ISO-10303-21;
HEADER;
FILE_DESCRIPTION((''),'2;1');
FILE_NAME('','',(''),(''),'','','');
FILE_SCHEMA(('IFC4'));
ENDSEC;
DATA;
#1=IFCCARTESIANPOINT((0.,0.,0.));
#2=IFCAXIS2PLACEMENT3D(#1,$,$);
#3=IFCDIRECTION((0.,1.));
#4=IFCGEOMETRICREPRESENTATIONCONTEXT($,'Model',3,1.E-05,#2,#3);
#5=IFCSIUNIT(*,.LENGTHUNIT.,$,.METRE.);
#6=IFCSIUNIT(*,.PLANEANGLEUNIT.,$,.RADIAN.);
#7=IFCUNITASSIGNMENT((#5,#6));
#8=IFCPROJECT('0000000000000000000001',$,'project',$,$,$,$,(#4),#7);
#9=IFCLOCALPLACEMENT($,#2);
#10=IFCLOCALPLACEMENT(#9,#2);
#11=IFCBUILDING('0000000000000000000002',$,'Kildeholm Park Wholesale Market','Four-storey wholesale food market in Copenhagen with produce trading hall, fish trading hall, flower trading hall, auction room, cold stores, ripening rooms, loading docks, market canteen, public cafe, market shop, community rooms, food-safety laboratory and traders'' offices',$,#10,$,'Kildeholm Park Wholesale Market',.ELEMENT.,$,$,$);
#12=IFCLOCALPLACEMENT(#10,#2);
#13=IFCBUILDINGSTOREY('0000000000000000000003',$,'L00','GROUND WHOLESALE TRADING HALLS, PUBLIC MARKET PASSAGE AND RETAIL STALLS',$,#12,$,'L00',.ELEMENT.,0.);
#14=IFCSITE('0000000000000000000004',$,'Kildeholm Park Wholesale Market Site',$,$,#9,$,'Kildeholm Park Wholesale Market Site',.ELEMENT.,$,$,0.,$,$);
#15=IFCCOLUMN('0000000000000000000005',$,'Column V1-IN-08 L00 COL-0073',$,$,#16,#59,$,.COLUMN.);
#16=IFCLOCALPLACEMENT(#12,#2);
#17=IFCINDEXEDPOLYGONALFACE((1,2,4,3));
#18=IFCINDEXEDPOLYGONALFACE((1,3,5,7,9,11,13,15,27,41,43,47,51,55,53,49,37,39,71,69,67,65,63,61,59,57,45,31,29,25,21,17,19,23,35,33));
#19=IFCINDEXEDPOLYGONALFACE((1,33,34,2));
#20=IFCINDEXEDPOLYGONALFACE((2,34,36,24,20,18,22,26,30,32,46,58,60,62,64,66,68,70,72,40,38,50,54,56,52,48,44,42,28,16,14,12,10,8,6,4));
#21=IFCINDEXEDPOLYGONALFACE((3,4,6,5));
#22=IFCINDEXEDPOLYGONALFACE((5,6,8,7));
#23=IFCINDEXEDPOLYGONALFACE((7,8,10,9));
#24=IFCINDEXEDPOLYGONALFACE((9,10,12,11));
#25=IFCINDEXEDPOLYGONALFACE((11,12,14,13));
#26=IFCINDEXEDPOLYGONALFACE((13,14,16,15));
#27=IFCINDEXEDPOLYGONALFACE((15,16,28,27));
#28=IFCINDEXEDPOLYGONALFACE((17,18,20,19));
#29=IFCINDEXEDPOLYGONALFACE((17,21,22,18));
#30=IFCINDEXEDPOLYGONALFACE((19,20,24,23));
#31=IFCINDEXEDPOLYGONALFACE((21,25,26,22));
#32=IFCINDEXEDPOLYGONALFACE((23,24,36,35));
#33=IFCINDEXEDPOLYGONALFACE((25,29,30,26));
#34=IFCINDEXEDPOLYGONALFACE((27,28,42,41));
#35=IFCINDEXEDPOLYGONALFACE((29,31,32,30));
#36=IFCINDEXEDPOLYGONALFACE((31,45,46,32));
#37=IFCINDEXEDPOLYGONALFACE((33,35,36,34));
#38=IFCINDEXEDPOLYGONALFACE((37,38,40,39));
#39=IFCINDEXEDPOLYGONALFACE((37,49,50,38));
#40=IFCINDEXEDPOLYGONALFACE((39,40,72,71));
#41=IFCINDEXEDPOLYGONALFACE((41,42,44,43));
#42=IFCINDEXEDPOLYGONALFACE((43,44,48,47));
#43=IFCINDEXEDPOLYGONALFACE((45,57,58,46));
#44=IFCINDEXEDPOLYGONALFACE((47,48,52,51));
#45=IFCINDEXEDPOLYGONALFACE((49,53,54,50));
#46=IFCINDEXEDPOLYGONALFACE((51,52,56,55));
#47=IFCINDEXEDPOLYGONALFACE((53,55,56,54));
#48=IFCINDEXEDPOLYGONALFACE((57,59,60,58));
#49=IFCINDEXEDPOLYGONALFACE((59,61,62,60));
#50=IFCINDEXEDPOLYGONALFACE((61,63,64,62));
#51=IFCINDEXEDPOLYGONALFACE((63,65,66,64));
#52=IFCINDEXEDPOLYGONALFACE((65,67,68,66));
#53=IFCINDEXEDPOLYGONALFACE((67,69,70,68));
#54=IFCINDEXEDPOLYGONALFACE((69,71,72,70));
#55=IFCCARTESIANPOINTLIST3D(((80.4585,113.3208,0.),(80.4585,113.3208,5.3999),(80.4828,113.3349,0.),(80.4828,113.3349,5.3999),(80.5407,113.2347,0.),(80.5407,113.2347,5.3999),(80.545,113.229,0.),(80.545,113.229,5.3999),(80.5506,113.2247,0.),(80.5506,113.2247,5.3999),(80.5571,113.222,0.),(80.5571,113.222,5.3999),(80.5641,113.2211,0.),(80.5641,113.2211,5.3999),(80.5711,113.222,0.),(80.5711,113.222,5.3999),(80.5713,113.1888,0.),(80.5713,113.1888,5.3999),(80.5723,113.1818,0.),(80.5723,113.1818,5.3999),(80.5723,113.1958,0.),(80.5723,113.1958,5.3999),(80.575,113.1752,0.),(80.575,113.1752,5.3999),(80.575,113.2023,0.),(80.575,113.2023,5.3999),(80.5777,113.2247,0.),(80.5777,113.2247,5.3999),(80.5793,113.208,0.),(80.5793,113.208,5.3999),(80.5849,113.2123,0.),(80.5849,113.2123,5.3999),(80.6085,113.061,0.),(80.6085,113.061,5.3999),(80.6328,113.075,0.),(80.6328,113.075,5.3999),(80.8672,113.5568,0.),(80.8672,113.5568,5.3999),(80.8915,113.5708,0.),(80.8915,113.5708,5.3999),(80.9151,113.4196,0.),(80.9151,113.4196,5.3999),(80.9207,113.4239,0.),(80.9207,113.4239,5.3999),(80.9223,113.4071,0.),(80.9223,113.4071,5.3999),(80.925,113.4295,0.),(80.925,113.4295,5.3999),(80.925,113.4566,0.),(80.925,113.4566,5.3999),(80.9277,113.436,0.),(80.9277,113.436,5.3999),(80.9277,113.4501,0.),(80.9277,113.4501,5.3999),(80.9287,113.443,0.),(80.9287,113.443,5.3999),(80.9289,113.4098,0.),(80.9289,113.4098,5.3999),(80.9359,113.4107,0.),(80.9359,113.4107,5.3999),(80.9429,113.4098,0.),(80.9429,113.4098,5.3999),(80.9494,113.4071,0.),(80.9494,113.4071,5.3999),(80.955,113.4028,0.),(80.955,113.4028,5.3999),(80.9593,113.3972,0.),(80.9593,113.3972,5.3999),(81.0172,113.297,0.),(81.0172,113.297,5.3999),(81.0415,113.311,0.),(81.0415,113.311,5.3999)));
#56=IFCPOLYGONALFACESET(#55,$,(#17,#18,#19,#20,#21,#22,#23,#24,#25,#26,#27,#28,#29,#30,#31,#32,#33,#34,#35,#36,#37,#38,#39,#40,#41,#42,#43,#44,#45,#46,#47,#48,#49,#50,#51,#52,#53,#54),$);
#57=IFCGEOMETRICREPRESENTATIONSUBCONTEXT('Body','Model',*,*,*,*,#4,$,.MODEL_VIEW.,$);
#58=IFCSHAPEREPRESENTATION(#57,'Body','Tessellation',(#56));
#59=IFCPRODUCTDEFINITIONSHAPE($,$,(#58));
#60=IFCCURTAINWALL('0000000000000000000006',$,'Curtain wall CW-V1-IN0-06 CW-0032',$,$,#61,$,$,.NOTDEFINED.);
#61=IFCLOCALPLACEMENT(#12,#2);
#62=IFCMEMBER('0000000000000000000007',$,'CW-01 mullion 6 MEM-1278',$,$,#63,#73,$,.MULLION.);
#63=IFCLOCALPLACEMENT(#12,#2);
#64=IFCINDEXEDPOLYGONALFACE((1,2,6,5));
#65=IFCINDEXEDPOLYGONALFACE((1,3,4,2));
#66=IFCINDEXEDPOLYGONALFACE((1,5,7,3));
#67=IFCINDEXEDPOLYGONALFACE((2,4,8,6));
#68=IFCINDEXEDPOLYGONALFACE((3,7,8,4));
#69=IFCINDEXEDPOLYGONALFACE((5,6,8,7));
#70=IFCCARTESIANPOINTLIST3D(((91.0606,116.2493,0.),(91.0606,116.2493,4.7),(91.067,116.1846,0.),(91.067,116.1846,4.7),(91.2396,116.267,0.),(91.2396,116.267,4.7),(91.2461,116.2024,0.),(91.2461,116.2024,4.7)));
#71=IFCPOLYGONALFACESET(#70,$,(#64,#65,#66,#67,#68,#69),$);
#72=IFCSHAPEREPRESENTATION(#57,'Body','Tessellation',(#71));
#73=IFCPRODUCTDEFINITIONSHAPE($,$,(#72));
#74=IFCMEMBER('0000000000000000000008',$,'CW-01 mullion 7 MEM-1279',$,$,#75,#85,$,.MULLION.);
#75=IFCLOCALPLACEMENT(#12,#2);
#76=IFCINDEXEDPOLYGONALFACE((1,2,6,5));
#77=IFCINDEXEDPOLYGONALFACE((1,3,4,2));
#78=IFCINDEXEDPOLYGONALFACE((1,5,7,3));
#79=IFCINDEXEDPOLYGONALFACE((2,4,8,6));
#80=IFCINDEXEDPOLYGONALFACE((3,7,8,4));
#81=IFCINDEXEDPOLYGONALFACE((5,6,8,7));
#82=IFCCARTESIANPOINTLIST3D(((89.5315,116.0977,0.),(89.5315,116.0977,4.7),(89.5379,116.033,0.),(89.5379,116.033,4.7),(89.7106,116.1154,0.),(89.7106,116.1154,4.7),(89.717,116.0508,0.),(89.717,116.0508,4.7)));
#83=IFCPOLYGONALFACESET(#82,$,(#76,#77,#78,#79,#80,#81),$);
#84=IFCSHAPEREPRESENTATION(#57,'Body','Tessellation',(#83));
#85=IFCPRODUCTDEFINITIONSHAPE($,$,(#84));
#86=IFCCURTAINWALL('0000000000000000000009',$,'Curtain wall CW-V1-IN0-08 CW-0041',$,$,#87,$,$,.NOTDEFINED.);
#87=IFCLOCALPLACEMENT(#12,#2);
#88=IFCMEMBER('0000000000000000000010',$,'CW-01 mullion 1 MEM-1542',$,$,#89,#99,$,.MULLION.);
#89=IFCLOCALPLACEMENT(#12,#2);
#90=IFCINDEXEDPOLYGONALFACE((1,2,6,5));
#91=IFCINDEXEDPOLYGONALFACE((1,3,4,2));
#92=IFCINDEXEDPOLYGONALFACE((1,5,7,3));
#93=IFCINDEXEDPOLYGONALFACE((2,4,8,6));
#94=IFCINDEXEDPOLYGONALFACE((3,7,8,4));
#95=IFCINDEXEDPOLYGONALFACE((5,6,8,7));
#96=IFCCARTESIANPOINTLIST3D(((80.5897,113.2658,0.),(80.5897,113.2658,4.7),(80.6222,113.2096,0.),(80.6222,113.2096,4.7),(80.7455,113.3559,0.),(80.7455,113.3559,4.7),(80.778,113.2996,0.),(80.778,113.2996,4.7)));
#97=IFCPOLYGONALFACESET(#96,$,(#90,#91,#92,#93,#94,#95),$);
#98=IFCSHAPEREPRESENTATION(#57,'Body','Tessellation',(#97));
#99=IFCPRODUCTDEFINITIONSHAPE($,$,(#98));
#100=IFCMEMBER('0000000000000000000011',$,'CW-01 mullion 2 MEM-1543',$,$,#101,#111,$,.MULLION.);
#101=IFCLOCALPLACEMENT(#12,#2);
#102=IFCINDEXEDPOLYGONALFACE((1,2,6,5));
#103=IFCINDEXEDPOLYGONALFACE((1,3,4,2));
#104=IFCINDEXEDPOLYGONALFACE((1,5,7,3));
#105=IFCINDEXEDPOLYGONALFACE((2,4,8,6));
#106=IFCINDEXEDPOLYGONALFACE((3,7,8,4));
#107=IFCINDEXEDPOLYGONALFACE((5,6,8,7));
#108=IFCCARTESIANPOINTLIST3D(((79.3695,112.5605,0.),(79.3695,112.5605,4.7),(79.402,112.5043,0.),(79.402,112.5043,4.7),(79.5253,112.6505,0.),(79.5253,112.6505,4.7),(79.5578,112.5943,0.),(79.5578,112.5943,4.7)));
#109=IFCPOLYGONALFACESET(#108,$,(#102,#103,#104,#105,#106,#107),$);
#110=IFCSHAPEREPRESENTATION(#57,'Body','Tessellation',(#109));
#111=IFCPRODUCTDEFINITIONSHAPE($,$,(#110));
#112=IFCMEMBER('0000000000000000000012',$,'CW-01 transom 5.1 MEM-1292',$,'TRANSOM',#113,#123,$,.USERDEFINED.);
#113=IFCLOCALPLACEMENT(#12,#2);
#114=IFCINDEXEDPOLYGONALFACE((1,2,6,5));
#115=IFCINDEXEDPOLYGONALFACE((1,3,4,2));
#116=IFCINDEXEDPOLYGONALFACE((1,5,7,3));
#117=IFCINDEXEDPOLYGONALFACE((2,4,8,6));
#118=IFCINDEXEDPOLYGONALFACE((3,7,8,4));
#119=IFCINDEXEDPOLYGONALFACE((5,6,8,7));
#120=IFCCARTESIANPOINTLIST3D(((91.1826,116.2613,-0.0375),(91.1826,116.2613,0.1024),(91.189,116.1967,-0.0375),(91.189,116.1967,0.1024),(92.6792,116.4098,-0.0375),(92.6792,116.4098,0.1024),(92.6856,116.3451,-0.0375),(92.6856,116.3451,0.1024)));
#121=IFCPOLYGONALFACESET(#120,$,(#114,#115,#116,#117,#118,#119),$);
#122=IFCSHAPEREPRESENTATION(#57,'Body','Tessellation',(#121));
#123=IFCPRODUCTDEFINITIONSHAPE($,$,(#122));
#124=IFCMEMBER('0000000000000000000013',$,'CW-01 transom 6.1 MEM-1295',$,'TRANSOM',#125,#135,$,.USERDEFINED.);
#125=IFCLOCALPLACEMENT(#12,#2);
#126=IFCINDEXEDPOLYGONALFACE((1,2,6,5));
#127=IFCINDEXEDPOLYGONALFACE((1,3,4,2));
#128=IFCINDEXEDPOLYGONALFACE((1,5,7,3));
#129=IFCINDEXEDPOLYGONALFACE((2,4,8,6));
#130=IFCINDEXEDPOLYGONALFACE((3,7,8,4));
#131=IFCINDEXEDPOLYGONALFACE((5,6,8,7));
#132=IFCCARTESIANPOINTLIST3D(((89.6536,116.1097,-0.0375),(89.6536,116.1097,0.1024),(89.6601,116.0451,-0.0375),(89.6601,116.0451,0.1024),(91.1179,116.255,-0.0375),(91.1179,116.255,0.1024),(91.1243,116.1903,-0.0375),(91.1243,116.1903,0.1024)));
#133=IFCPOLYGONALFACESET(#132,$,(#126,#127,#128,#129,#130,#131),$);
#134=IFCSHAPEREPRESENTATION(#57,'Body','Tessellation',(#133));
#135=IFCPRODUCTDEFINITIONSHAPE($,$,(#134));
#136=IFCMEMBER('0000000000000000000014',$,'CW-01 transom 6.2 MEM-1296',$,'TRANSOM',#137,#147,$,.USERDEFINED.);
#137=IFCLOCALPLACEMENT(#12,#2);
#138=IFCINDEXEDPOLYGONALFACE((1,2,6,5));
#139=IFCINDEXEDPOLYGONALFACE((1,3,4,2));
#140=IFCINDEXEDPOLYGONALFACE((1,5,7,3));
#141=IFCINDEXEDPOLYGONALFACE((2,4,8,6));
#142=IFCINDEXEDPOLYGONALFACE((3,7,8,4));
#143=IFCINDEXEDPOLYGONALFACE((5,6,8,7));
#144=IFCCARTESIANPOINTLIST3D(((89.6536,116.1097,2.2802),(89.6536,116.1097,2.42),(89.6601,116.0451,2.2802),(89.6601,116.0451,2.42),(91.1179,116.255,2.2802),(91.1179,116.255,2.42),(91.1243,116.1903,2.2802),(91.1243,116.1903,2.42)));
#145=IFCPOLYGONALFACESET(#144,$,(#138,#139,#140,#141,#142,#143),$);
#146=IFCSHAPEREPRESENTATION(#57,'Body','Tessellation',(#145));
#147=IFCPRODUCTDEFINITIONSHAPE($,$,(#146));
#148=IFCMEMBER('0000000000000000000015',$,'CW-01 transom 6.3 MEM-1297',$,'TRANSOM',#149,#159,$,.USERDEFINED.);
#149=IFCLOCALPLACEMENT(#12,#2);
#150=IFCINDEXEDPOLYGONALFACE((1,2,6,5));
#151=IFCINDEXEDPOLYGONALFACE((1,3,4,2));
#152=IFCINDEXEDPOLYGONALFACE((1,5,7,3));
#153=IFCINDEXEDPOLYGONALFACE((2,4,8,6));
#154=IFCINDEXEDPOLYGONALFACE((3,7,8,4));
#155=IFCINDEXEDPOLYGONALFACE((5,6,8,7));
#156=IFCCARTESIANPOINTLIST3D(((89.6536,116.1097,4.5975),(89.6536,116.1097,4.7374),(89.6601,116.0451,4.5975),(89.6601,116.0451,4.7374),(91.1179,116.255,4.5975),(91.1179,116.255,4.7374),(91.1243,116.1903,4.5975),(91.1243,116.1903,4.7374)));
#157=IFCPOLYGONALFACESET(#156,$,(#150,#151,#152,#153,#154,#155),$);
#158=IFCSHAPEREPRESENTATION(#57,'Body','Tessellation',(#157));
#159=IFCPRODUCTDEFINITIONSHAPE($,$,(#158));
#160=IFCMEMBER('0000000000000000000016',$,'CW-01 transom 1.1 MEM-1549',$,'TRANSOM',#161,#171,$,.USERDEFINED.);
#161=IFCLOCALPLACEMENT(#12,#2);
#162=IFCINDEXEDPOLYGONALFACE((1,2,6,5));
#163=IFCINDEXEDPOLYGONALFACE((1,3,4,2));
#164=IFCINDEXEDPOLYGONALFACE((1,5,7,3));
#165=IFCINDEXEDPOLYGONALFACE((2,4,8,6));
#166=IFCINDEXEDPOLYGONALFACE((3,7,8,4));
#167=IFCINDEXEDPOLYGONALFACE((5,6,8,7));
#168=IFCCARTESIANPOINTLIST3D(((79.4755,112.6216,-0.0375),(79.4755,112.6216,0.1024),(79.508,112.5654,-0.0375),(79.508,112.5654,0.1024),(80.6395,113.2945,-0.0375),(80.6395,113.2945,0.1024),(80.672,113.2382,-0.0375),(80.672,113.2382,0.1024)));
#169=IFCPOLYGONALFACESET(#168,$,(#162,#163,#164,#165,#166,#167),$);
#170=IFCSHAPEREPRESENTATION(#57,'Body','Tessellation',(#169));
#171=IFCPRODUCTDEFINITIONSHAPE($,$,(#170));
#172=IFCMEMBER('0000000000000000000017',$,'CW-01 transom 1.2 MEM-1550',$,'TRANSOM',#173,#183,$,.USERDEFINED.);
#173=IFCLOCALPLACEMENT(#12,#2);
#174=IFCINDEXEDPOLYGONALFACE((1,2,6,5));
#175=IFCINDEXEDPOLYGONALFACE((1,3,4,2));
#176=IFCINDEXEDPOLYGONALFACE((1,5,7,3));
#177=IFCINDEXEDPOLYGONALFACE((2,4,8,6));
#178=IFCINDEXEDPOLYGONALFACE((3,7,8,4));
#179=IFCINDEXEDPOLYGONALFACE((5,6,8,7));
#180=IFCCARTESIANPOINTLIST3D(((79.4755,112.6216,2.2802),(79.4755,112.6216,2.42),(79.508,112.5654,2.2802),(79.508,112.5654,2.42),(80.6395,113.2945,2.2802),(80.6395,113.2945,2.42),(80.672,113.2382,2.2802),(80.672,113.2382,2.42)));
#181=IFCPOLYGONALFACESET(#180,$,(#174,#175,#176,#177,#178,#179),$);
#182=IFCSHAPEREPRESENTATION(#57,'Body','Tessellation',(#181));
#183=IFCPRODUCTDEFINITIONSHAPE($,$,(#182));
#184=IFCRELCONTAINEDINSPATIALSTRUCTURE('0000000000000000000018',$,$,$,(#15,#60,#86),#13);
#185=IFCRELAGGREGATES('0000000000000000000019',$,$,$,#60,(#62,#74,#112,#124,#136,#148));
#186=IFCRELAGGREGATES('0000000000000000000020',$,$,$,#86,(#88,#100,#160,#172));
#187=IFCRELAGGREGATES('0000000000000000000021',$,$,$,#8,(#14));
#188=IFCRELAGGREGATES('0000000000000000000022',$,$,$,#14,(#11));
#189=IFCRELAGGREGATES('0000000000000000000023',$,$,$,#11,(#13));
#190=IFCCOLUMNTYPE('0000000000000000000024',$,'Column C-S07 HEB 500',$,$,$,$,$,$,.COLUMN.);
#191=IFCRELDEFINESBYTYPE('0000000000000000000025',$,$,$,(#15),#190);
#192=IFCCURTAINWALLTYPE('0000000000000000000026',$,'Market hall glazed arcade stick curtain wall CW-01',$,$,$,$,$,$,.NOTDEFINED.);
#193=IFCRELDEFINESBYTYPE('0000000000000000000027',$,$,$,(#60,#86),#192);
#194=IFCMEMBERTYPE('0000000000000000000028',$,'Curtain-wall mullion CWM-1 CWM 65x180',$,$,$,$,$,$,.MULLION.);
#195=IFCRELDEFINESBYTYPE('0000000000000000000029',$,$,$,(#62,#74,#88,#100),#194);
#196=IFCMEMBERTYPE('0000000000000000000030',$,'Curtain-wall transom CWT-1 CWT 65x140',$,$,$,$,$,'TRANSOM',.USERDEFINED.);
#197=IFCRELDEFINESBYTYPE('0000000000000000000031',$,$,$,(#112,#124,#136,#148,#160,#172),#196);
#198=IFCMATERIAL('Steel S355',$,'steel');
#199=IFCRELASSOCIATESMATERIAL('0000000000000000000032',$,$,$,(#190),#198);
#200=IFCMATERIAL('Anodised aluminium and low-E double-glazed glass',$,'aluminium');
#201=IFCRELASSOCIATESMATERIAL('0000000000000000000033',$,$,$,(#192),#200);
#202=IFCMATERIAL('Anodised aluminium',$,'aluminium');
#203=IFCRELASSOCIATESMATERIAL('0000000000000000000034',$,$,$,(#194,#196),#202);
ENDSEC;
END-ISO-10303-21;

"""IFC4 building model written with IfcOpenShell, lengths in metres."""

from ifc_helpers import new_model, si_unit, direction, frame, origin, origin_2d, place, context, subcontext, project, spatial, rectangle, i_section, extrude, material, material_profile, profile_set, type_object, element, aggregate, save


model = new_model("IFC4")

# Units and contexts
model_context = context("Model", 3, precision=1e-05, world=origin(), true_north=direction((0.0, 1.0)))
body_context = subcontext(model_context, "Body", "Model", "MODEL_VIEW")
ifc_project = project(units=[si_unit("LENGTHUNIT", "METRE"), si_unit("PLANEANGLEUNIT", "RADIAN")], contexts=[model_context])

# Site, building, storey
site_placement = place(None, origin())
site = spatial("IfcSite", under=ifc_project, at=site_placement, Name="Kildeholm Park Wholesale Market Site", LongName="Kildeholm Park Wholesale Market Site", CompositionType="ELEMENT", RefElevation=0.0)
building_placement = place(site_placement, origin())
building = spatial("IfcBuilding", under=site, at=building_placement, Name="Kildeholm Park Wholesale Market", Description="Four-storey wholesale food market in Copenhagen with produce trading hall, fish trading hall, flower trading hall, auction room, cold stores, ripening rooms, loading docks, market canteen, public cafe, market shop, community rooms, food-safety laboratory and traders' offices", LongName="Kildeholm Park Wholesale Market", CompositionType="ELEMENT")
storey_placement = place(building_placement, origin())
storey = spatial("IfcBuildingStorey", under=building, at=storey_placement, Name="L00", Description="GROUND WHOLESALE TRADING HALLS, PUBLIC MARKET PASSAGE AND RETAIL STALLS", LongName="L00", CompositionType="ELEMENT", Elevation=0.0)

# Column
ifc_material_1 = material(Name="Steel S355", Category="steel")
ifc_material_profile_1 = material_profile(ifc_material_1, i_section(OverallWidth=0.3, OverallDepth=0.5, WebThickness=0.0144, FlangeThickness=0.0281, FilletRadius=0.0271, at=origin_2d()), Name="HEB 500")
ifc_profile_set_1 = profile_set([ifc_material_profile_1], Name="Steel S355")
column_type = type_object("IfcColumnType", Name="Column C-S07 HEB 500", PredefinedType="COLUMN", material=ifc_profile_set_1)
for number, where, z_axis, x_axis, name in (
    (1, (80.75, 113.3159, 0.0), (0.0, 0.0, 1.0), (-0.5, 0.866025, 0.0), "Column V1-IN-08 L00 COL-0073"),
):
    element("IfcColumn", number, at=place(storey_placement, frame(where, z_axis=z_axis, x_axis=x_axis)), inside=storey, type_object=column_type, Name=name, PredefinedType="COLUMN", context=body_context, shape_type="SweptSolid", body=[
        extrude(i_section(OverallWidth=0.3, OverallDepth=0.5, WebThickness=0.0144, FlangeThickness=0.0281, FilletRadius=0.0271, at=origin_2d()), origin(), (0.0, 0.0, 1.0), 5.3999),
    ])

# Curtain walls, members
ifc_material_2 = material(Name="Anodised aluminium and low-E double-glazed glass", Category="aluminium")
curtain_wall_type = type_object("IfcCurtainWallType", Name="Market hall glazed arcade stick curtain wall CW-01", PredefinedType="NOTDEFINED", material=ifc_material_2)
curtain_wall_1_placement = place(storey_placement, origin())
curtain_wall_1 = element("IfcCurtainWall", 2, at=curtain_wall_1_placement, inside=storey, type_object=curtain_wall_type, Name="Curtain wall CW-V1-IN0-06 CW-0032", PredefinedType="NOTDEFINED")
ifc_material_3 = material(Name="Anodised aluminium", Category="aluminium")
ifc_material_profile_2 = material_profile(ifc_material_3, rectangle(XDim=0.0649, YDim=0.1799, at=origin_2d()), Name="CWM 65x180")
ifc_profile_set_2 = profile_set([ifc_material_profile_2], Name="Anodised aluminium")
member_type_1 = type_object("IfcMemberType", Name="Curtain-wall mullion CWM-1 CWM 65x180", PredefinedType="MULLION", material=ifc_profile_set_2)
member_1_placement = place(storey_placement, frame((91.1533, 116.2258, 0.0), z_axis=(0.0, 0.0, 1.0), x_axis=(0.098683, -0.995119, 0.0)))
member_1 = element("IfcMember", 3, at=member_1_placement, type_object=member_type_1, Name="CW-01 mullion 6 MEM-1278", PredefinedType="MULLION", context=body_context, shape_type="SweptSolid", body=[
    extrude(rectangle(XDim=0.0649, YDim=0.1799, at=origin_2d()), origin(), (0.0, 0.0, 1.0), 4.7),
])
member_2_placement = place(storey_placement, frame((89.6243, 116.0742, 0.0), z_axis=(0.0, 0.0, 1.0), x_axis=(0.098683, -0.995119, 0.0)))
member_2 = element("IfcMember", 4, at=member_2_placement, type_object=member_type_1, Name="CW-01 mullion 7 MEM-1279", PredefinedType="MULLION", context=body_context, shape_type="SweptSolid", body=[
    extrude(rectangle(XDim=0.0649, YDim=0.1799, at=origin_2d()), origin(), (0.0, 0.0, 1.0), 4.7),
])
curtain_wall_2_placement = place(storey_placement, origin())
curtain_wall_2 = element("IfcCurtainWall", 5, at=curtain_wall_2_placement, inside=storey, type_object=curtain_wall_type, Name="Curtain wall CW-V1-IN0-08 CW-0041", PredefinedType="NOTDEFINED")
member_3_placement = place(storey_placement, frame((80.6838, 113.2827, 0.0), z_axis=(0.0, 0.0, 1.0), x_axis=(0.500489, -0.865743, 0.0)))
member_3 = element("IfcMember", 6, at=member_3_placement, type_object=member_type_1, Name="CW-01 mullion 1 MEM-1542", PredefinedType="MULLION", context=body_context, shape_type="SweptSolid", body=[
    extrude(rectangle(XDim=0.0649, YDim=0.1799, at=origin_2d()), origin(), (0.0, 0.0, 1.0), 4.7),
])
member_4_placement = place(storey_placement, frame((79.4636, 112.5774, 0.0), z_axis=(0.0, 0.0, 1.0), x_axis=(0.500489, -0.865743, 0.0)))
member_4 = element("IfcMember", 7, at=member_4_placement, type_object=member_type_1, Name="CW-01 mullion 2 MEM-1543", PredefinedType="MULLION", context=body_context, shape_type="SweptSolid", body=[
    extrude(rectangle(XDim=0.0649, YDim=0.1799, at=origin_2d()), origin(), (0.0, 0.0, 1.0), 4.7),
])

# Members
ifc_material_profile_3 = material_profile(ifc_material_3, rectangle(XDim=0.0649, YDim=0.1399, at=origin_2d()), Name="CWT 65x140")
ifc_profile_set_3 = profile_set([ifc_material_profile_3], Name="Anodised aluminium")
member_type_2 = type_object("IfcMemberType", Name="Curtain-wall transom CWT-1 CWT 65x140", ElementType="TRANSOM", PredefinedType="USERDEFINED", material=ifc_profile_set_3)
member_5_placement = place(storey_placement, frame((92.6824, 116.3774, 0.0325), z_axis=(-0.995117, -0.0987, 0.0), x_axis=(0.0987, -0.995117, 0.0)))
member_5 = element("IfcMember", 8, at=member_5_placement, type_object=member_type_2, Name="CW-01 transom 5.1 MEM-1292", ObjectType="TRANSOM", PredefinedType="USERDEFINED", context=body_context, shape_type="SweptSolid", body=[
    extrude(rectangle(XDim=0.0649, YDim=0.1399, at=origin_2d()), origin(), (0.0, 0.0, 1.0), 1.5039),
])
member_6_placement = place(storey_placement, frame((91.1211, 116.2227, 0.0325), z_axis=(-0.995116, -0.098715, 0.0), x_axis=(0.098715, -0.995116, 0.0)))
member_6 = element("IfcMember", 9, at=member_6_placement, type_object=member_type_2, Name="CW-01 transom 6.1 MEM-1295", ObjectType="TRANSOM", PredefinedType="USERDEFINED", context=body_context, shape_type="SweptSolid", body=[
    extrude(rectangle(XDim=0.0649, YDim=0.1399, at=origin_2d()), origin(), (0.0, 0.0, 1.0), 1.4714),
])
member_7_placement = place(storey_placement, frame((91.1211, 116.2227, 2.3501), z_axis=(-0.995116, -0.098715, 0.0), x_axis=(0.098715, -0.995116, 0.0)))
member_7 = element("IfcMember", 10, at=member_7_placement, type_object=member_type_2, Name="CW-01 transom 6.2 MEM-1296", ObjectType="TRANSOM", PredefinedType="USERDEFINED", context=body_context, shape_type="SweptSolid", body=[
    extrude(rectangle(XDim=0.0649, YDim=0.1399, at=origin_2d()), origin(), (0.0, 0.0, 1.0), 1.4714),
])
member_8_placement = place(storey_placement, frame((91.1211, 116.2227, 4.6675), z_axis=(-0.995116, -0.098715, 0.0), x_axis=(0.098715, -0.995116, 0.0)))
member_8 = element("IfcMember", 11, at=member_8_placement, type_object=member_type_2, Name="CW-01 transom 6.3 MEM-1297", ObjectType="TRANSOM", PredefinedType="USERDEFINED", context=body_context, shape_type="SweptSolid", body=[
    extrude(rectangle(XDim=0.0649, YDim=0.1399, at=origin_2d()), origin(), (0.0, 0.0, 1.0), 1.4714),
])
member_9_placement = place(storey_placement, frame((80.6558, 113.2664, 0.0325), z_axis=(-0.865774, -0.500435, 0.0), x_axis=(0.500435, -0.865774, 0.0)))
member_9 = element("IfcMember", 12, at=member_9_placement, type_object=member_type_2, Name="CW-01 transom 1.1 MEM-1549", ObjectType="TRANSOM", PredefinedType="USERDEFINED", context=body_context, shape_type="SweptSolid", body=[
    extrude(rectangle(XDim=0.0649, YDim=0.1399, at=origin_2d()), origin(), (0.0, 0.0, 1.0), 1.3445),
])
member_10_placement = place(storey_placement, frame((80.6558, 113.2664, 2.3501), z_axis=(-0.865774, -0.500435, 0.0), x_axis=(0.500435, -0.865774, 0.0)))
member_10 = element("IfcMember", 13, at=member_10_placement, type_object=member_type_2, Name="CW-01 transom 1.2 MEM-1550", ObjectType="TRANSOM", PredefinedType="USERDEFINED", context=body_context, shape_type="SweptSolid", body=[
    extrude(rectangle(XDim=0.0649, YDim=0.1399, at=origin_2d()), origin(), (0.0, 0.0, 1.0), 1.3445),
])

aggregate(curtain_wall_1, [member_1, member_2, member_5, member_6, member_7, member_8])
aggregate(curtain_wall_2, [member_3, member_4, member_9, member_10])

save(model, "model.ifc")
